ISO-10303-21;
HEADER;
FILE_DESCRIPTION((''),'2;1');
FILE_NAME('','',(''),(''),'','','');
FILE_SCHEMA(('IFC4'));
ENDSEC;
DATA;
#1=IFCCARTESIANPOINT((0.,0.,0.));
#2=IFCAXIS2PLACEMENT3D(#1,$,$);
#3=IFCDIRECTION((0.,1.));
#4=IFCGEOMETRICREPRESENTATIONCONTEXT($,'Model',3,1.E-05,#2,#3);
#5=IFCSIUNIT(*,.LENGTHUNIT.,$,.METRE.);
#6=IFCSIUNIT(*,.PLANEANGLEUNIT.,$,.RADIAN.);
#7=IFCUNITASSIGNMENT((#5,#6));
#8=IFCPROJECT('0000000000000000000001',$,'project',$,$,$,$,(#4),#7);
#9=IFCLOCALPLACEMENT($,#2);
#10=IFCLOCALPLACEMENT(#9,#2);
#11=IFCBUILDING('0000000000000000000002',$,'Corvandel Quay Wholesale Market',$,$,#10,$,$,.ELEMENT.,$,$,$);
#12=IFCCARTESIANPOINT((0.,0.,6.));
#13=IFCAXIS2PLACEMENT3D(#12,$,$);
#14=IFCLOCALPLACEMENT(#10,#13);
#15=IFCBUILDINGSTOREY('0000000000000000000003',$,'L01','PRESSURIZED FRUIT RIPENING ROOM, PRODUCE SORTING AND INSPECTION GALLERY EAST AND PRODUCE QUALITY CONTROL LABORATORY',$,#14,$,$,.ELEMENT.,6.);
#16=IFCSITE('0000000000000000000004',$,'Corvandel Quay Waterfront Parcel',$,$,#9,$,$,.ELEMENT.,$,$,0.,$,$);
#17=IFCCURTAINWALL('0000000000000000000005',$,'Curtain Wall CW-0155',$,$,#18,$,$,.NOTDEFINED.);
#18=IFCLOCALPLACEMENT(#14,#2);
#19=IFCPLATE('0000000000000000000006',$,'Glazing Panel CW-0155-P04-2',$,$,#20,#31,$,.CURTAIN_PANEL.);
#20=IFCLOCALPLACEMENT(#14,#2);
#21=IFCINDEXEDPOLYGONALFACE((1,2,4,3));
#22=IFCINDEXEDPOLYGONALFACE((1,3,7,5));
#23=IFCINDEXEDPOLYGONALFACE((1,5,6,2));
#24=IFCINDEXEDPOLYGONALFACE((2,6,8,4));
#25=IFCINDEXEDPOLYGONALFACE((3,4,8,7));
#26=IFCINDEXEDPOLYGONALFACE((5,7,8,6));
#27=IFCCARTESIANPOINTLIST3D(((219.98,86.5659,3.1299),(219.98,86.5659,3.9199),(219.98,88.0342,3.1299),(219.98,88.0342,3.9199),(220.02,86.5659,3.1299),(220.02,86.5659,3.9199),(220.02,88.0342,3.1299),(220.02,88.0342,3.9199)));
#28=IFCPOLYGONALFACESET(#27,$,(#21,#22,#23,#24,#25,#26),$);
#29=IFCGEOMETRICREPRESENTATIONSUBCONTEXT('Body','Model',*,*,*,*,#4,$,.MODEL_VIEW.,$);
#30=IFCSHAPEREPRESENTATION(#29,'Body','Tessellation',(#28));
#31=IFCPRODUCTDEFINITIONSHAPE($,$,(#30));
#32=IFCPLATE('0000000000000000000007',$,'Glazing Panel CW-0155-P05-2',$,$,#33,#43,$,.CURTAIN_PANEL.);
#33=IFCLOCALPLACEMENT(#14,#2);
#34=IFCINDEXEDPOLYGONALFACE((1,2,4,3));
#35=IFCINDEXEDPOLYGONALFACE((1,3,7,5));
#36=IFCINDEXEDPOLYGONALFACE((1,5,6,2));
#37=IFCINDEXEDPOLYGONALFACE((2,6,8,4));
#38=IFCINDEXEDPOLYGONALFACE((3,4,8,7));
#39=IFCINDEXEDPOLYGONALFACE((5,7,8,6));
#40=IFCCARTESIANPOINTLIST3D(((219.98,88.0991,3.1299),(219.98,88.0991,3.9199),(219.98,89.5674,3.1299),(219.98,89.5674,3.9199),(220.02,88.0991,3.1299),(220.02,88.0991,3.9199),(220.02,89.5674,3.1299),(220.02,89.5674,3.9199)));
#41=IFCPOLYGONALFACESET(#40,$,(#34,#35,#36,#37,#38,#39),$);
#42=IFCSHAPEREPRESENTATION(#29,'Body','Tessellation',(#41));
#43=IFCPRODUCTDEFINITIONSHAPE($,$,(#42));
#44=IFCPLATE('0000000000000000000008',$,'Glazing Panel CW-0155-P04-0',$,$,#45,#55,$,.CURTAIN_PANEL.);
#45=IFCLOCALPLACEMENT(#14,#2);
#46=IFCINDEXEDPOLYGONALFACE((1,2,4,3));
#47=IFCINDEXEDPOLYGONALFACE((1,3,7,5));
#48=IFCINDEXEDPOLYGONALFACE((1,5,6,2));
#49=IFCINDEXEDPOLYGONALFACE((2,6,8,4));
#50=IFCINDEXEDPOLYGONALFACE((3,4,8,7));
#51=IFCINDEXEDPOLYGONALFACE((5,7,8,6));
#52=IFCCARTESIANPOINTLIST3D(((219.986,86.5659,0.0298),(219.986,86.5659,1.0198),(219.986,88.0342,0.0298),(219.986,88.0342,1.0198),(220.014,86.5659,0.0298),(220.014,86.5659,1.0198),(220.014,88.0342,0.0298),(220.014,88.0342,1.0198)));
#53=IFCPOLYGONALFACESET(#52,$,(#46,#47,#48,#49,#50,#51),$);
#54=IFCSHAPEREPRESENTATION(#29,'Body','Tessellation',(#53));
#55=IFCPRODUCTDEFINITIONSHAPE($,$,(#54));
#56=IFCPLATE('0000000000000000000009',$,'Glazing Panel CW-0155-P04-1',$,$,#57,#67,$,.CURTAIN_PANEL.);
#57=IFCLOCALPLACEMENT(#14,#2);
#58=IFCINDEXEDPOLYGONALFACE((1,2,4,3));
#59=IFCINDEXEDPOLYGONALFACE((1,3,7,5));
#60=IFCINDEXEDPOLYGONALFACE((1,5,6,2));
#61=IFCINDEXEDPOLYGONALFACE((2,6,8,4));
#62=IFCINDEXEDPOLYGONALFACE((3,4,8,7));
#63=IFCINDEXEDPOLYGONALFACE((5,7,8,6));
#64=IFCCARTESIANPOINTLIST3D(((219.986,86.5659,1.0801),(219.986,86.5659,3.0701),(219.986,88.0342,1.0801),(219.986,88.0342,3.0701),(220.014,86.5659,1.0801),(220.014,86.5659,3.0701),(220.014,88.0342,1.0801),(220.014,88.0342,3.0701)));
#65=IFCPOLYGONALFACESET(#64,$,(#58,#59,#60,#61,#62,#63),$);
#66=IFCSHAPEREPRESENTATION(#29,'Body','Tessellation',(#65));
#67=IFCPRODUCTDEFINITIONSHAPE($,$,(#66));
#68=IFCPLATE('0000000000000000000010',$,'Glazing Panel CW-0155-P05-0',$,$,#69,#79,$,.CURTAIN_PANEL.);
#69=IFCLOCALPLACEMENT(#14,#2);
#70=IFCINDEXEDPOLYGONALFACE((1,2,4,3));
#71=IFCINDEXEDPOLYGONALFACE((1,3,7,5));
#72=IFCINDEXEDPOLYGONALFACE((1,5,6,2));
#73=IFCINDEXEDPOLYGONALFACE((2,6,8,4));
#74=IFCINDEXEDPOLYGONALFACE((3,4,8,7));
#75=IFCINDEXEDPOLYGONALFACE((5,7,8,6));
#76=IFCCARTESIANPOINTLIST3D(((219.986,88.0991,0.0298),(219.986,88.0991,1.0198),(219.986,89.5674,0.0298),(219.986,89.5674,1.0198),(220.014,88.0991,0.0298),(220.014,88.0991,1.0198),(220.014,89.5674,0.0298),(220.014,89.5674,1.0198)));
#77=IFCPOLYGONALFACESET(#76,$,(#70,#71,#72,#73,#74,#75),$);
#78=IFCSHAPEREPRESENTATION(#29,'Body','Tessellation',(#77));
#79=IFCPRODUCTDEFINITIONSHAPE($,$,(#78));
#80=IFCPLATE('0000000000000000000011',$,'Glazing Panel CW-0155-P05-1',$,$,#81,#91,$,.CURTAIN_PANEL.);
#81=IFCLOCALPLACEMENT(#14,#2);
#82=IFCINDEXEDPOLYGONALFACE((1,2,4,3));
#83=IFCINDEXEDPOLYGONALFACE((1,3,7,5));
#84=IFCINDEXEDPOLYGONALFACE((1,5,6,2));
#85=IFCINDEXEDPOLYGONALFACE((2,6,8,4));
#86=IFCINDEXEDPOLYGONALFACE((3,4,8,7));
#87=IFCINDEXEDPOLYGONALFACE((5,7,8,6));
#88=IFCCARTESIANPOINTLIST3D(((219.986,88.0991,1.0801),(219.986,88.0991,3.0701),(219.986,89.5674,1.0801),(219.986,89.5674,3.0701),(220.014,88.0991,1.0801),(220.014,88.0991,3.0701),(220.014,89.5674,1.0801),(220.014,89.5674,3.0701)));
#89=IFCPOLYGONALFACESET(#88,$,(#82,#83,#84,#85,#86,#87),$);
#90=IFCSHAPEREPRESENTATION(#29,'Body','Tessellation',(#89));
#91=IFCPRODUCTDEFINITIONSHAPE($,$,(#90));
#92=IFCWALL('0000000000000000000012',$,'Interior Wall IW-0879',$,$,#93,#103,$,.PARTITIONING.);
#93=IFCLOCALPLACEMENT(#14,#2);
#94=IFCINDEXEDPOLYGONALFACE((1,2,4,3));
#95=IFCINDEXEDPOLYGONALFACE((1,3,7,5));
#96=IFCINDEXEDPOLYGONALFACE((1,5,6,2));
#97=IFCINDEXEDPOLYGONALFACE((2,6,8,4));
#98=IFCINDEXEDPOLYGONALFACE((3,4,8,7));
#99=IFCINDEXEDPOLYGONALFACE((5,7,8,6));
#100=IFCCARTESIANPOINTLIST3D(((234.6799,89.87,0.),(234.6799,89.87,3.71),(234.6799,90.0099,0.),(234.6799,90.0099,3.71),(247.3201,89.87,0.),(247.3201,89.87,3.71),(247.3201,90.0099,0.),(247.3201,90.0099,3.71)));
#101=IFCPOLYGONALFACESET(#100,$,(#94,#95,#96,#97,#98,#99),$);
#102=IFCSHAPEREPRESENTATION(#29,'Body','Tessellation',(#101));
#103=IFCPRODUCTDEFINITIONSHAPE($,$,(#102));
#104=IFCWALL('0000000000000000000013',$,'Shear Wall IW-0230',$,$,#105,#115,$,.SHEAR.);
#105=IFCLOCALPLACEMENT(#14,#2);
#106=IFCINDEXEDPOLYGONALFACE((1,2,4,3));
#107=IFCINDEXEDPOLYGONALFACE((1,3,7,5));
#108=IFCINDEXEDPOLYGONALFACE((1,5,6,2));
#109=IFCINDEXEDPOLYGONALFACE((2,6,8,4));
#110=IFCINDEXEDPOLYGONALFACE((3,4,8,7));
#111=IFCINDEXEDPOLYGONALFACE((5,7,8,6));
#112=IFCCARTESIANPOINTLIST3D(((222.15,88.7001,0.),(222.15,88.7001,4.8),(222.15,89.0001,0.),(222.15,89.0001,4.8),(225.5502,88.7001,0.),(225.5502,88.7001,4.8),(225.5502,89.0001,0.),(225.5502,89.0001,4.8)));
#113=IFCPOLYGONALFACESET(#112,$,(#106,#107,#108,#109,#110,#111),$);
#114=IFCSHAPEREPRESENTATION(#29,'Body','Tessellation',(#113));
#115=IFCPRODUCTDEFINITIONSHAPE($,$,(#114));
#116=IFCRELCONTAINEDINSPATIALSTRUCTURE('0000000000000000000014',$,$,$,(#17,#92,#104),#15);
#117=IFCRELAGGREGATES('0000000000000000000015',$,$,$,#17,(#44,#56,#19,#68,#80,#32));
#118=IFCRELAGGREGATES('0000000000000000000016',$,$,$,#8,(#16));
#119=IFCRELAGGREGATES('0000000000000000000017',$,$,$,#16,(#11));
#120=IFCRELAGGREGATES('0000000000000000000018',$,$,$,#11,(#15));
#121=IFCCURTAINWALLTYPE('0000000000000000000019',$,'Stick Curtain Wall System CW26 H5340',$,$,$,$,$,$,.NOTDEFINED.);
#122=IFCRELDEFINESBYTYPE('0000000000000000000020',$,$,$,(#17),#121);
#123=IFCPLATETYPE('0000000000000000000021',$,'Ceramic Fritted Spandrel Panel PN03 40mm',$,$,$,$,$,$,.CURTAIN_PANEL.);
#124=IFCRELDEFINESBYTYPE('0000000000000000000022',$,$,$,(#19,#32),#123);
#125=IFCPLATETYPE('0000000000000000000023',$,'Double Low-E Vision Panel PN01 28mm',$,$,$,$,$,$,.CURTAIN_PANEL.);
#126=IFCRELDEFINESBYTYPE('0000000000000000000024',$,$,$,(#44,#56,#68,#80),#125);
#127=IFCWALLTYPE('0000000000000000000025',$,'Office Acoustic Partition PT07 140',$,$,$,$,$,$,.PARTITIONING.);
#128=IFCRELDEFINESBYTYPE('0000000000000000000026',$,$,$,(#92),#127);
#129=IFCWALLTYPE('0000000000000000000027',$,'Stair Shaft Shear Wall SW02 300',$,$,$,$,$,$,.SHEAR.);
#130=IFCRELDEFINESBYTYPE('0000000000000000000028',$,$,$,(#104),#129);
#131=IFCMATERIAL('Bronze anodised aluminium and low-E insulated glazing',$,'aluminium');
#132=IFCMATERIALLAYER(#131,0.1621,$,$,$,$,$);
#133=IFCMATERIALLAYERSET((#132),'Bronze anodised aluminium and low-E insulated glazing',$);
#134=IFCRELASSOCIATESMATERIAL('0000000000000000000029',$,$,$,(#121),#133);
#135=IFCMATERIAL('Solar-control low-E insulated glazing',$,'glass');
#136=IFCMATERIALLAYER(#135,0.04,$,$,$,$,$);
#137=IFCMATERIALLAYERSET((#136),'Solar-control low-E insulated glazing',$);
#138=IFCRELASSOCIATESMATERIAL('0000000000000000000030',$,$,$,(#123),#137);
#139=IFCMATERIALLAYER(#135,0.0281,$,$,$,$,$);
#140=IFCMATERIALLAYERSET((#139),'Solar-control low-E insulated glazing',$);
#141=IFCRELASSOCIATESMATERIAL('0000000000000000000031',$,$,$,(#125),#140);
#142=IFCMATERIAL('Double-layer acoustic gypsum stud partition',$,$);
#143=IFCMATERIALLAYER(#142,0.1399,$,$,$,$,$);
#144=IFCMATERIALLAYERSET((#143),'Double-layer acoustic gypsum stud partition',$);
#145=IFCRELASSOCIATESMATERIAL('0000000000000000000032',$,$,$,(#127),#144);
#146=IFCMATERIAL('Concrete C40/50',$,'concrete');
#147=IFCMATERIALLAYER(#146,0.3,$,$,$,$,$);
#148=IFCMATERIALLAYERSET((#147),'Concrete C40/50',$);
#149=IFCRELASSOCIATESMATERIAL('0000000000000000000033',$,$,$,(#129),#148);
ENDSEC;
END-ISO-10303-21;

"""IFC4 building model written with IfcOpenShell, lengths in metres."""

from ifc_helpers import new_model, si_unit, direction, frame, frame_2d, origin, origin_2d, place, context, subcontext, project, spatial, rectangle, extrude, material, layer, layer_set, type_object, element, aggregate, save


model = new_model("IFC4")

# Units and contexts
model_context = context("Model", 3, precision=1e-05, world=origin(), true_north=direction((0.0, 1.0)))
body_context = subcontext(model_context, "Body", "Model", "MODEL_VIEW")
ifc_project = project(units=[si_unit("LENGTHUNIT", "METRE"), si_unit("PLANEANGLEUNIT", "RADIAN")], contexts=[model_context])

# Site, building, storey
site_placement = place(None, origin())
site = spatial("IfcSite", under=ifc_project, at=site_placement, Name="Corvandel Quay Waterfront Parcel", CompositionType="ELEMENT", RefElevation=0.0)
building_placement = place(site_placement, origin())
building = spatial("IfcBuilding", under=site, at=building_placement, Name="Corvandel Quay Wholesale Market", CompositionType="ELEMENT")
storey_placement = place(building_placement, frame((0.0, 0.0, 6.0)))
storey = spatial("IfcBuildingStorey", under=building, at=storey_placement, Name="L01", Description="PRESSURIZED FRUIT RIPENING ROOM, PRODUCE SORTING AND INSPECTION GALLERY EAST AND PRODUCE QUALITY CONTROL LABORATORY", CompositionType="ELEMENT", Elevation=6.0)

# Curtain wall
ifc_material_1 = material(Name="Bronze anodised aluminium and low-E insulated glazing", Category="aluminium")
ifc_layer_1 = layer(ifc_material_1, 0.1621)
ifc_layer_set_1 = layer_set([ifc_layer_1], Name="Bronze anodised aluminium and low-E insulated glazing")
curtain_wall_type = type_object("IfcCurtainWallType", Name="Stick Curtain Wall System CW26 H5340", PredefinedType="NOTDEFINED", material=ifc_layer_set_1)
curtain_wall_placement = place(storey_placement, origin())
curtain_wall = element("IfcCurtainWall", 1, at=curtain_wall_placement, inside=storey, type_object=curtain_wall_type, Name="Curtain Wall CW-0155", PredefinedType="NOTDEFINED")

# Plates
ifc_material_2 = material(Name="Solar-control low-E insulated glazing", Category="glass")
ifc_layer_2 = layer(ifc_material_2, 0.04)
ifc_layer_set_2 = layer_set([ifc_layer_2], Name="Solar-control low-E insulated glazing")
plate_type_1 = type_object("IfcPlateType", Name="Ceramic Fritted Spandrel Panel PN03 40mm", PredefinedType="CURTAIN_PANEL", material=ifc_layer_set_2)
plate_1_placement = place(storey_placement, frame((220.0, 87.3, 3.1299), z_axis=(0.0, 0.0, 1.0), x_axis=(0.0, 1.0, 0.0)))
plate_1 = element("IfcPlate", 2, at=plate_1_placement, type_object=plate_type_1, Name="Glazing Panel CW-0155-P04-2", PredefinedType="CURTAIN_PANEL", context=body_context, shape_type="SweptSolid", body=[
    extrude(rectangle(XDim=1.4683, YDim=0.04, at=origin_2d()), origin(), (0.0, 0.0, 1.0), 0.79),
])
plate_2_placement = place(storey_placement, frame((220.0, 88.8333, 3.1299), z_axis=(0.0, 0.0, 1.0), x_axis=(0.0, 1.0, 0.0)))
plate_2 = element("IfcPlate", 3, at=plate_2_placement, type_object=plate_type_1, Name="Glazing Panel CW-0155-P05-2", PredefinedType="CURTAIN_PANEL", context=body_context, shape_type="SweptSolid", body=[
    extrude(rectangle(XDim=1.4683, YDim=0.04, at=origin_2d()), origin(), (0.0, 0.0, 1.0), 0.79),
])
ifc_layer_3 = layer(ifc_material_2, 0.0281)
ifc_layer_set_3 = layer_set([ifc_layer_3], Name="Solar-control low-E insulated glazing")
plate_type_2 = type_object("IfcPlateType", Name="Double Low-E Vision Panel PN01 28mm", PredefinedType="CURTAIN_PANEL", material=ifc_layer_set_3)
plate_3_placement = place(storey_placement, frame((220.0, 87.3, 0.0298), z_axis=(0.0, 0.0, 1.0), x_axis=(0.0, 1.0, 0.0)))
plate_3 = element("IfcPlate", 4, at=plate_3_placement, type_object=plate_type_2, Name="Glazing Panel CW-0155-P04-0", PredefinedType="CURTAIN_PANEL", context=body_context, shape_type="SweptSolid", body=[
    extrude(rectangle(XDim=1.4683, YDim=0.0281, at=origin_2d()), origin(), (0.0, 0.0, 1.0), 0.99),
])
plate_4_placement = place(storey_placement, frame((220.0, 87.3, 1.0801), z_axis=(0.0, 0.0, 1.0), x_axis=(0.0, 1.0, 0.0)))
plate_4 = element("IfcPlate", 5, at=plate_4_placement, type_object=plate_type_2, Name="Glazing Panel CW-0155-P04-1", PredefinedType="CURTAIN_PANEL", context=body_context, shape_type="SweptSolid", body=[
    extrude(rectangle(XDim=1.4683, YDim=0.0281, at=origin_2d()), origin(), (0.0, 0.0, 1.0), 1.99),
])
plate_5_placement = place(storey_placement, frame((220.0, 88.8333, 0.0298), z_axis=(0.0, 0.0, 1.0), x_axis=(0.0, 1.0, 0.0)))
plate_5 = element("IfcPlate", 6, at=plate_5_placement, type_object=plate_type_2, Name="Glazing Panel CW-0155-P05-0", PredefinedType="CURTAIN_PANEL", context=body_context, shape_type="SweptSolid", body=[
    extrude(rectangle(XDim=1.4683, YDim=0.0281, at=origin_2d()), origin(), (0.0, 0.0, 1.0), 0.99),
])
plate_6_placement = place(storey_placement, frame((220.0, 88.8333, 1.0801), z_axis=(0.0, 0.0, 1.0), x_axis=(0.0, 1.0, 0.0)))
plate_6 = element("IfcPlate", 7, at=plate_6_placement, type_object=plate_type_2, Name="Glazing Panel CW-0155-P05-1", PredefinedType="CURTAIN_PANEL", context=body_context, shape_type="SweptSolid", body=[
    extrude(rectangle(XDim=1.4683, YDim=0.0281, at=origin_2d()), origin(), (0.0, 0.0, 1.0), 1.99),
])
aggregate(curtain_wall, [plate_3, plate_4, plate_1, plate_5, plate_6, plate_2])

# Walls
ifc_material_3 = material(Name="Double-layer acoustic gypsum stud partition")
ifc_layer_4 = layer(ifc_material_3, 0.1399)
ifc_layer_set_4 = layer_set([ifc_layer_4], Name="Double-layer acoustic gypsum stud partition")
wall_type_1 = type_object("IfcWallType", Name="Office Acoustic Partition PT07 140", PredefinedType="PARTITIONING", material=ifc_layer_set_4)
wall_1_placement = place(storey_placement, frame((234.6799, 89.9399, 0.0), z_axis=(0.0, 0.0, 1.0), x_axis=(1.0, 0.0, 0.0)))
element("IfcWall", 8, at=wall_1_placement, inside=storey, type_object=wall_type_1, Name="Interior Wall IW-0879", PredefinedType="PARTITIONING", context=body_context, shape_type="SweptSolid", body=[
    extrude(rectangle(XDim=12.6401, YDim=0.1399, at=frame_2d((6.3201, 0.0))), origin(), (0.0, 0.0, 1.0), 3.71),
])
ifc_material_4 = material(Name="Concrete C40/50", Category="concrete")
ifc_layer_5 = layer(ifc_material_4, 0.3)
ifc_layer_set_5 = layer_set([ifc_layer_5], Name="Concrete C40/50")
wall_type_2 = type_object("IfcWallType", Name="Stair Shaft Shear Wall SW02 300", PredefinedType="SHEAR", material=ifc_layer_set_5)
wall_2_placement = place(storey_placement, frame((222.1499, 88.8501, 0.0), z_axis=(0.0, 0.0, 1.0), x_axis=(1.0, 0.0, 0.0)))
element("IfcWall", 9, at=wall_2_placement, inside=storey, type_object=wall_type_2, Name="Shear Wall IW-0230", PredefinedType="SHEAR", context=body_context, shape_type="SweptSolid", body=[
    extrude(rectangle(XDim=3.4001, YDim=0.3, at=frame_2d((1.7002, 0.0))), origin(), (0.0, 0.0, 1.0), 4.8),
])

save(model, "model.ifc")
